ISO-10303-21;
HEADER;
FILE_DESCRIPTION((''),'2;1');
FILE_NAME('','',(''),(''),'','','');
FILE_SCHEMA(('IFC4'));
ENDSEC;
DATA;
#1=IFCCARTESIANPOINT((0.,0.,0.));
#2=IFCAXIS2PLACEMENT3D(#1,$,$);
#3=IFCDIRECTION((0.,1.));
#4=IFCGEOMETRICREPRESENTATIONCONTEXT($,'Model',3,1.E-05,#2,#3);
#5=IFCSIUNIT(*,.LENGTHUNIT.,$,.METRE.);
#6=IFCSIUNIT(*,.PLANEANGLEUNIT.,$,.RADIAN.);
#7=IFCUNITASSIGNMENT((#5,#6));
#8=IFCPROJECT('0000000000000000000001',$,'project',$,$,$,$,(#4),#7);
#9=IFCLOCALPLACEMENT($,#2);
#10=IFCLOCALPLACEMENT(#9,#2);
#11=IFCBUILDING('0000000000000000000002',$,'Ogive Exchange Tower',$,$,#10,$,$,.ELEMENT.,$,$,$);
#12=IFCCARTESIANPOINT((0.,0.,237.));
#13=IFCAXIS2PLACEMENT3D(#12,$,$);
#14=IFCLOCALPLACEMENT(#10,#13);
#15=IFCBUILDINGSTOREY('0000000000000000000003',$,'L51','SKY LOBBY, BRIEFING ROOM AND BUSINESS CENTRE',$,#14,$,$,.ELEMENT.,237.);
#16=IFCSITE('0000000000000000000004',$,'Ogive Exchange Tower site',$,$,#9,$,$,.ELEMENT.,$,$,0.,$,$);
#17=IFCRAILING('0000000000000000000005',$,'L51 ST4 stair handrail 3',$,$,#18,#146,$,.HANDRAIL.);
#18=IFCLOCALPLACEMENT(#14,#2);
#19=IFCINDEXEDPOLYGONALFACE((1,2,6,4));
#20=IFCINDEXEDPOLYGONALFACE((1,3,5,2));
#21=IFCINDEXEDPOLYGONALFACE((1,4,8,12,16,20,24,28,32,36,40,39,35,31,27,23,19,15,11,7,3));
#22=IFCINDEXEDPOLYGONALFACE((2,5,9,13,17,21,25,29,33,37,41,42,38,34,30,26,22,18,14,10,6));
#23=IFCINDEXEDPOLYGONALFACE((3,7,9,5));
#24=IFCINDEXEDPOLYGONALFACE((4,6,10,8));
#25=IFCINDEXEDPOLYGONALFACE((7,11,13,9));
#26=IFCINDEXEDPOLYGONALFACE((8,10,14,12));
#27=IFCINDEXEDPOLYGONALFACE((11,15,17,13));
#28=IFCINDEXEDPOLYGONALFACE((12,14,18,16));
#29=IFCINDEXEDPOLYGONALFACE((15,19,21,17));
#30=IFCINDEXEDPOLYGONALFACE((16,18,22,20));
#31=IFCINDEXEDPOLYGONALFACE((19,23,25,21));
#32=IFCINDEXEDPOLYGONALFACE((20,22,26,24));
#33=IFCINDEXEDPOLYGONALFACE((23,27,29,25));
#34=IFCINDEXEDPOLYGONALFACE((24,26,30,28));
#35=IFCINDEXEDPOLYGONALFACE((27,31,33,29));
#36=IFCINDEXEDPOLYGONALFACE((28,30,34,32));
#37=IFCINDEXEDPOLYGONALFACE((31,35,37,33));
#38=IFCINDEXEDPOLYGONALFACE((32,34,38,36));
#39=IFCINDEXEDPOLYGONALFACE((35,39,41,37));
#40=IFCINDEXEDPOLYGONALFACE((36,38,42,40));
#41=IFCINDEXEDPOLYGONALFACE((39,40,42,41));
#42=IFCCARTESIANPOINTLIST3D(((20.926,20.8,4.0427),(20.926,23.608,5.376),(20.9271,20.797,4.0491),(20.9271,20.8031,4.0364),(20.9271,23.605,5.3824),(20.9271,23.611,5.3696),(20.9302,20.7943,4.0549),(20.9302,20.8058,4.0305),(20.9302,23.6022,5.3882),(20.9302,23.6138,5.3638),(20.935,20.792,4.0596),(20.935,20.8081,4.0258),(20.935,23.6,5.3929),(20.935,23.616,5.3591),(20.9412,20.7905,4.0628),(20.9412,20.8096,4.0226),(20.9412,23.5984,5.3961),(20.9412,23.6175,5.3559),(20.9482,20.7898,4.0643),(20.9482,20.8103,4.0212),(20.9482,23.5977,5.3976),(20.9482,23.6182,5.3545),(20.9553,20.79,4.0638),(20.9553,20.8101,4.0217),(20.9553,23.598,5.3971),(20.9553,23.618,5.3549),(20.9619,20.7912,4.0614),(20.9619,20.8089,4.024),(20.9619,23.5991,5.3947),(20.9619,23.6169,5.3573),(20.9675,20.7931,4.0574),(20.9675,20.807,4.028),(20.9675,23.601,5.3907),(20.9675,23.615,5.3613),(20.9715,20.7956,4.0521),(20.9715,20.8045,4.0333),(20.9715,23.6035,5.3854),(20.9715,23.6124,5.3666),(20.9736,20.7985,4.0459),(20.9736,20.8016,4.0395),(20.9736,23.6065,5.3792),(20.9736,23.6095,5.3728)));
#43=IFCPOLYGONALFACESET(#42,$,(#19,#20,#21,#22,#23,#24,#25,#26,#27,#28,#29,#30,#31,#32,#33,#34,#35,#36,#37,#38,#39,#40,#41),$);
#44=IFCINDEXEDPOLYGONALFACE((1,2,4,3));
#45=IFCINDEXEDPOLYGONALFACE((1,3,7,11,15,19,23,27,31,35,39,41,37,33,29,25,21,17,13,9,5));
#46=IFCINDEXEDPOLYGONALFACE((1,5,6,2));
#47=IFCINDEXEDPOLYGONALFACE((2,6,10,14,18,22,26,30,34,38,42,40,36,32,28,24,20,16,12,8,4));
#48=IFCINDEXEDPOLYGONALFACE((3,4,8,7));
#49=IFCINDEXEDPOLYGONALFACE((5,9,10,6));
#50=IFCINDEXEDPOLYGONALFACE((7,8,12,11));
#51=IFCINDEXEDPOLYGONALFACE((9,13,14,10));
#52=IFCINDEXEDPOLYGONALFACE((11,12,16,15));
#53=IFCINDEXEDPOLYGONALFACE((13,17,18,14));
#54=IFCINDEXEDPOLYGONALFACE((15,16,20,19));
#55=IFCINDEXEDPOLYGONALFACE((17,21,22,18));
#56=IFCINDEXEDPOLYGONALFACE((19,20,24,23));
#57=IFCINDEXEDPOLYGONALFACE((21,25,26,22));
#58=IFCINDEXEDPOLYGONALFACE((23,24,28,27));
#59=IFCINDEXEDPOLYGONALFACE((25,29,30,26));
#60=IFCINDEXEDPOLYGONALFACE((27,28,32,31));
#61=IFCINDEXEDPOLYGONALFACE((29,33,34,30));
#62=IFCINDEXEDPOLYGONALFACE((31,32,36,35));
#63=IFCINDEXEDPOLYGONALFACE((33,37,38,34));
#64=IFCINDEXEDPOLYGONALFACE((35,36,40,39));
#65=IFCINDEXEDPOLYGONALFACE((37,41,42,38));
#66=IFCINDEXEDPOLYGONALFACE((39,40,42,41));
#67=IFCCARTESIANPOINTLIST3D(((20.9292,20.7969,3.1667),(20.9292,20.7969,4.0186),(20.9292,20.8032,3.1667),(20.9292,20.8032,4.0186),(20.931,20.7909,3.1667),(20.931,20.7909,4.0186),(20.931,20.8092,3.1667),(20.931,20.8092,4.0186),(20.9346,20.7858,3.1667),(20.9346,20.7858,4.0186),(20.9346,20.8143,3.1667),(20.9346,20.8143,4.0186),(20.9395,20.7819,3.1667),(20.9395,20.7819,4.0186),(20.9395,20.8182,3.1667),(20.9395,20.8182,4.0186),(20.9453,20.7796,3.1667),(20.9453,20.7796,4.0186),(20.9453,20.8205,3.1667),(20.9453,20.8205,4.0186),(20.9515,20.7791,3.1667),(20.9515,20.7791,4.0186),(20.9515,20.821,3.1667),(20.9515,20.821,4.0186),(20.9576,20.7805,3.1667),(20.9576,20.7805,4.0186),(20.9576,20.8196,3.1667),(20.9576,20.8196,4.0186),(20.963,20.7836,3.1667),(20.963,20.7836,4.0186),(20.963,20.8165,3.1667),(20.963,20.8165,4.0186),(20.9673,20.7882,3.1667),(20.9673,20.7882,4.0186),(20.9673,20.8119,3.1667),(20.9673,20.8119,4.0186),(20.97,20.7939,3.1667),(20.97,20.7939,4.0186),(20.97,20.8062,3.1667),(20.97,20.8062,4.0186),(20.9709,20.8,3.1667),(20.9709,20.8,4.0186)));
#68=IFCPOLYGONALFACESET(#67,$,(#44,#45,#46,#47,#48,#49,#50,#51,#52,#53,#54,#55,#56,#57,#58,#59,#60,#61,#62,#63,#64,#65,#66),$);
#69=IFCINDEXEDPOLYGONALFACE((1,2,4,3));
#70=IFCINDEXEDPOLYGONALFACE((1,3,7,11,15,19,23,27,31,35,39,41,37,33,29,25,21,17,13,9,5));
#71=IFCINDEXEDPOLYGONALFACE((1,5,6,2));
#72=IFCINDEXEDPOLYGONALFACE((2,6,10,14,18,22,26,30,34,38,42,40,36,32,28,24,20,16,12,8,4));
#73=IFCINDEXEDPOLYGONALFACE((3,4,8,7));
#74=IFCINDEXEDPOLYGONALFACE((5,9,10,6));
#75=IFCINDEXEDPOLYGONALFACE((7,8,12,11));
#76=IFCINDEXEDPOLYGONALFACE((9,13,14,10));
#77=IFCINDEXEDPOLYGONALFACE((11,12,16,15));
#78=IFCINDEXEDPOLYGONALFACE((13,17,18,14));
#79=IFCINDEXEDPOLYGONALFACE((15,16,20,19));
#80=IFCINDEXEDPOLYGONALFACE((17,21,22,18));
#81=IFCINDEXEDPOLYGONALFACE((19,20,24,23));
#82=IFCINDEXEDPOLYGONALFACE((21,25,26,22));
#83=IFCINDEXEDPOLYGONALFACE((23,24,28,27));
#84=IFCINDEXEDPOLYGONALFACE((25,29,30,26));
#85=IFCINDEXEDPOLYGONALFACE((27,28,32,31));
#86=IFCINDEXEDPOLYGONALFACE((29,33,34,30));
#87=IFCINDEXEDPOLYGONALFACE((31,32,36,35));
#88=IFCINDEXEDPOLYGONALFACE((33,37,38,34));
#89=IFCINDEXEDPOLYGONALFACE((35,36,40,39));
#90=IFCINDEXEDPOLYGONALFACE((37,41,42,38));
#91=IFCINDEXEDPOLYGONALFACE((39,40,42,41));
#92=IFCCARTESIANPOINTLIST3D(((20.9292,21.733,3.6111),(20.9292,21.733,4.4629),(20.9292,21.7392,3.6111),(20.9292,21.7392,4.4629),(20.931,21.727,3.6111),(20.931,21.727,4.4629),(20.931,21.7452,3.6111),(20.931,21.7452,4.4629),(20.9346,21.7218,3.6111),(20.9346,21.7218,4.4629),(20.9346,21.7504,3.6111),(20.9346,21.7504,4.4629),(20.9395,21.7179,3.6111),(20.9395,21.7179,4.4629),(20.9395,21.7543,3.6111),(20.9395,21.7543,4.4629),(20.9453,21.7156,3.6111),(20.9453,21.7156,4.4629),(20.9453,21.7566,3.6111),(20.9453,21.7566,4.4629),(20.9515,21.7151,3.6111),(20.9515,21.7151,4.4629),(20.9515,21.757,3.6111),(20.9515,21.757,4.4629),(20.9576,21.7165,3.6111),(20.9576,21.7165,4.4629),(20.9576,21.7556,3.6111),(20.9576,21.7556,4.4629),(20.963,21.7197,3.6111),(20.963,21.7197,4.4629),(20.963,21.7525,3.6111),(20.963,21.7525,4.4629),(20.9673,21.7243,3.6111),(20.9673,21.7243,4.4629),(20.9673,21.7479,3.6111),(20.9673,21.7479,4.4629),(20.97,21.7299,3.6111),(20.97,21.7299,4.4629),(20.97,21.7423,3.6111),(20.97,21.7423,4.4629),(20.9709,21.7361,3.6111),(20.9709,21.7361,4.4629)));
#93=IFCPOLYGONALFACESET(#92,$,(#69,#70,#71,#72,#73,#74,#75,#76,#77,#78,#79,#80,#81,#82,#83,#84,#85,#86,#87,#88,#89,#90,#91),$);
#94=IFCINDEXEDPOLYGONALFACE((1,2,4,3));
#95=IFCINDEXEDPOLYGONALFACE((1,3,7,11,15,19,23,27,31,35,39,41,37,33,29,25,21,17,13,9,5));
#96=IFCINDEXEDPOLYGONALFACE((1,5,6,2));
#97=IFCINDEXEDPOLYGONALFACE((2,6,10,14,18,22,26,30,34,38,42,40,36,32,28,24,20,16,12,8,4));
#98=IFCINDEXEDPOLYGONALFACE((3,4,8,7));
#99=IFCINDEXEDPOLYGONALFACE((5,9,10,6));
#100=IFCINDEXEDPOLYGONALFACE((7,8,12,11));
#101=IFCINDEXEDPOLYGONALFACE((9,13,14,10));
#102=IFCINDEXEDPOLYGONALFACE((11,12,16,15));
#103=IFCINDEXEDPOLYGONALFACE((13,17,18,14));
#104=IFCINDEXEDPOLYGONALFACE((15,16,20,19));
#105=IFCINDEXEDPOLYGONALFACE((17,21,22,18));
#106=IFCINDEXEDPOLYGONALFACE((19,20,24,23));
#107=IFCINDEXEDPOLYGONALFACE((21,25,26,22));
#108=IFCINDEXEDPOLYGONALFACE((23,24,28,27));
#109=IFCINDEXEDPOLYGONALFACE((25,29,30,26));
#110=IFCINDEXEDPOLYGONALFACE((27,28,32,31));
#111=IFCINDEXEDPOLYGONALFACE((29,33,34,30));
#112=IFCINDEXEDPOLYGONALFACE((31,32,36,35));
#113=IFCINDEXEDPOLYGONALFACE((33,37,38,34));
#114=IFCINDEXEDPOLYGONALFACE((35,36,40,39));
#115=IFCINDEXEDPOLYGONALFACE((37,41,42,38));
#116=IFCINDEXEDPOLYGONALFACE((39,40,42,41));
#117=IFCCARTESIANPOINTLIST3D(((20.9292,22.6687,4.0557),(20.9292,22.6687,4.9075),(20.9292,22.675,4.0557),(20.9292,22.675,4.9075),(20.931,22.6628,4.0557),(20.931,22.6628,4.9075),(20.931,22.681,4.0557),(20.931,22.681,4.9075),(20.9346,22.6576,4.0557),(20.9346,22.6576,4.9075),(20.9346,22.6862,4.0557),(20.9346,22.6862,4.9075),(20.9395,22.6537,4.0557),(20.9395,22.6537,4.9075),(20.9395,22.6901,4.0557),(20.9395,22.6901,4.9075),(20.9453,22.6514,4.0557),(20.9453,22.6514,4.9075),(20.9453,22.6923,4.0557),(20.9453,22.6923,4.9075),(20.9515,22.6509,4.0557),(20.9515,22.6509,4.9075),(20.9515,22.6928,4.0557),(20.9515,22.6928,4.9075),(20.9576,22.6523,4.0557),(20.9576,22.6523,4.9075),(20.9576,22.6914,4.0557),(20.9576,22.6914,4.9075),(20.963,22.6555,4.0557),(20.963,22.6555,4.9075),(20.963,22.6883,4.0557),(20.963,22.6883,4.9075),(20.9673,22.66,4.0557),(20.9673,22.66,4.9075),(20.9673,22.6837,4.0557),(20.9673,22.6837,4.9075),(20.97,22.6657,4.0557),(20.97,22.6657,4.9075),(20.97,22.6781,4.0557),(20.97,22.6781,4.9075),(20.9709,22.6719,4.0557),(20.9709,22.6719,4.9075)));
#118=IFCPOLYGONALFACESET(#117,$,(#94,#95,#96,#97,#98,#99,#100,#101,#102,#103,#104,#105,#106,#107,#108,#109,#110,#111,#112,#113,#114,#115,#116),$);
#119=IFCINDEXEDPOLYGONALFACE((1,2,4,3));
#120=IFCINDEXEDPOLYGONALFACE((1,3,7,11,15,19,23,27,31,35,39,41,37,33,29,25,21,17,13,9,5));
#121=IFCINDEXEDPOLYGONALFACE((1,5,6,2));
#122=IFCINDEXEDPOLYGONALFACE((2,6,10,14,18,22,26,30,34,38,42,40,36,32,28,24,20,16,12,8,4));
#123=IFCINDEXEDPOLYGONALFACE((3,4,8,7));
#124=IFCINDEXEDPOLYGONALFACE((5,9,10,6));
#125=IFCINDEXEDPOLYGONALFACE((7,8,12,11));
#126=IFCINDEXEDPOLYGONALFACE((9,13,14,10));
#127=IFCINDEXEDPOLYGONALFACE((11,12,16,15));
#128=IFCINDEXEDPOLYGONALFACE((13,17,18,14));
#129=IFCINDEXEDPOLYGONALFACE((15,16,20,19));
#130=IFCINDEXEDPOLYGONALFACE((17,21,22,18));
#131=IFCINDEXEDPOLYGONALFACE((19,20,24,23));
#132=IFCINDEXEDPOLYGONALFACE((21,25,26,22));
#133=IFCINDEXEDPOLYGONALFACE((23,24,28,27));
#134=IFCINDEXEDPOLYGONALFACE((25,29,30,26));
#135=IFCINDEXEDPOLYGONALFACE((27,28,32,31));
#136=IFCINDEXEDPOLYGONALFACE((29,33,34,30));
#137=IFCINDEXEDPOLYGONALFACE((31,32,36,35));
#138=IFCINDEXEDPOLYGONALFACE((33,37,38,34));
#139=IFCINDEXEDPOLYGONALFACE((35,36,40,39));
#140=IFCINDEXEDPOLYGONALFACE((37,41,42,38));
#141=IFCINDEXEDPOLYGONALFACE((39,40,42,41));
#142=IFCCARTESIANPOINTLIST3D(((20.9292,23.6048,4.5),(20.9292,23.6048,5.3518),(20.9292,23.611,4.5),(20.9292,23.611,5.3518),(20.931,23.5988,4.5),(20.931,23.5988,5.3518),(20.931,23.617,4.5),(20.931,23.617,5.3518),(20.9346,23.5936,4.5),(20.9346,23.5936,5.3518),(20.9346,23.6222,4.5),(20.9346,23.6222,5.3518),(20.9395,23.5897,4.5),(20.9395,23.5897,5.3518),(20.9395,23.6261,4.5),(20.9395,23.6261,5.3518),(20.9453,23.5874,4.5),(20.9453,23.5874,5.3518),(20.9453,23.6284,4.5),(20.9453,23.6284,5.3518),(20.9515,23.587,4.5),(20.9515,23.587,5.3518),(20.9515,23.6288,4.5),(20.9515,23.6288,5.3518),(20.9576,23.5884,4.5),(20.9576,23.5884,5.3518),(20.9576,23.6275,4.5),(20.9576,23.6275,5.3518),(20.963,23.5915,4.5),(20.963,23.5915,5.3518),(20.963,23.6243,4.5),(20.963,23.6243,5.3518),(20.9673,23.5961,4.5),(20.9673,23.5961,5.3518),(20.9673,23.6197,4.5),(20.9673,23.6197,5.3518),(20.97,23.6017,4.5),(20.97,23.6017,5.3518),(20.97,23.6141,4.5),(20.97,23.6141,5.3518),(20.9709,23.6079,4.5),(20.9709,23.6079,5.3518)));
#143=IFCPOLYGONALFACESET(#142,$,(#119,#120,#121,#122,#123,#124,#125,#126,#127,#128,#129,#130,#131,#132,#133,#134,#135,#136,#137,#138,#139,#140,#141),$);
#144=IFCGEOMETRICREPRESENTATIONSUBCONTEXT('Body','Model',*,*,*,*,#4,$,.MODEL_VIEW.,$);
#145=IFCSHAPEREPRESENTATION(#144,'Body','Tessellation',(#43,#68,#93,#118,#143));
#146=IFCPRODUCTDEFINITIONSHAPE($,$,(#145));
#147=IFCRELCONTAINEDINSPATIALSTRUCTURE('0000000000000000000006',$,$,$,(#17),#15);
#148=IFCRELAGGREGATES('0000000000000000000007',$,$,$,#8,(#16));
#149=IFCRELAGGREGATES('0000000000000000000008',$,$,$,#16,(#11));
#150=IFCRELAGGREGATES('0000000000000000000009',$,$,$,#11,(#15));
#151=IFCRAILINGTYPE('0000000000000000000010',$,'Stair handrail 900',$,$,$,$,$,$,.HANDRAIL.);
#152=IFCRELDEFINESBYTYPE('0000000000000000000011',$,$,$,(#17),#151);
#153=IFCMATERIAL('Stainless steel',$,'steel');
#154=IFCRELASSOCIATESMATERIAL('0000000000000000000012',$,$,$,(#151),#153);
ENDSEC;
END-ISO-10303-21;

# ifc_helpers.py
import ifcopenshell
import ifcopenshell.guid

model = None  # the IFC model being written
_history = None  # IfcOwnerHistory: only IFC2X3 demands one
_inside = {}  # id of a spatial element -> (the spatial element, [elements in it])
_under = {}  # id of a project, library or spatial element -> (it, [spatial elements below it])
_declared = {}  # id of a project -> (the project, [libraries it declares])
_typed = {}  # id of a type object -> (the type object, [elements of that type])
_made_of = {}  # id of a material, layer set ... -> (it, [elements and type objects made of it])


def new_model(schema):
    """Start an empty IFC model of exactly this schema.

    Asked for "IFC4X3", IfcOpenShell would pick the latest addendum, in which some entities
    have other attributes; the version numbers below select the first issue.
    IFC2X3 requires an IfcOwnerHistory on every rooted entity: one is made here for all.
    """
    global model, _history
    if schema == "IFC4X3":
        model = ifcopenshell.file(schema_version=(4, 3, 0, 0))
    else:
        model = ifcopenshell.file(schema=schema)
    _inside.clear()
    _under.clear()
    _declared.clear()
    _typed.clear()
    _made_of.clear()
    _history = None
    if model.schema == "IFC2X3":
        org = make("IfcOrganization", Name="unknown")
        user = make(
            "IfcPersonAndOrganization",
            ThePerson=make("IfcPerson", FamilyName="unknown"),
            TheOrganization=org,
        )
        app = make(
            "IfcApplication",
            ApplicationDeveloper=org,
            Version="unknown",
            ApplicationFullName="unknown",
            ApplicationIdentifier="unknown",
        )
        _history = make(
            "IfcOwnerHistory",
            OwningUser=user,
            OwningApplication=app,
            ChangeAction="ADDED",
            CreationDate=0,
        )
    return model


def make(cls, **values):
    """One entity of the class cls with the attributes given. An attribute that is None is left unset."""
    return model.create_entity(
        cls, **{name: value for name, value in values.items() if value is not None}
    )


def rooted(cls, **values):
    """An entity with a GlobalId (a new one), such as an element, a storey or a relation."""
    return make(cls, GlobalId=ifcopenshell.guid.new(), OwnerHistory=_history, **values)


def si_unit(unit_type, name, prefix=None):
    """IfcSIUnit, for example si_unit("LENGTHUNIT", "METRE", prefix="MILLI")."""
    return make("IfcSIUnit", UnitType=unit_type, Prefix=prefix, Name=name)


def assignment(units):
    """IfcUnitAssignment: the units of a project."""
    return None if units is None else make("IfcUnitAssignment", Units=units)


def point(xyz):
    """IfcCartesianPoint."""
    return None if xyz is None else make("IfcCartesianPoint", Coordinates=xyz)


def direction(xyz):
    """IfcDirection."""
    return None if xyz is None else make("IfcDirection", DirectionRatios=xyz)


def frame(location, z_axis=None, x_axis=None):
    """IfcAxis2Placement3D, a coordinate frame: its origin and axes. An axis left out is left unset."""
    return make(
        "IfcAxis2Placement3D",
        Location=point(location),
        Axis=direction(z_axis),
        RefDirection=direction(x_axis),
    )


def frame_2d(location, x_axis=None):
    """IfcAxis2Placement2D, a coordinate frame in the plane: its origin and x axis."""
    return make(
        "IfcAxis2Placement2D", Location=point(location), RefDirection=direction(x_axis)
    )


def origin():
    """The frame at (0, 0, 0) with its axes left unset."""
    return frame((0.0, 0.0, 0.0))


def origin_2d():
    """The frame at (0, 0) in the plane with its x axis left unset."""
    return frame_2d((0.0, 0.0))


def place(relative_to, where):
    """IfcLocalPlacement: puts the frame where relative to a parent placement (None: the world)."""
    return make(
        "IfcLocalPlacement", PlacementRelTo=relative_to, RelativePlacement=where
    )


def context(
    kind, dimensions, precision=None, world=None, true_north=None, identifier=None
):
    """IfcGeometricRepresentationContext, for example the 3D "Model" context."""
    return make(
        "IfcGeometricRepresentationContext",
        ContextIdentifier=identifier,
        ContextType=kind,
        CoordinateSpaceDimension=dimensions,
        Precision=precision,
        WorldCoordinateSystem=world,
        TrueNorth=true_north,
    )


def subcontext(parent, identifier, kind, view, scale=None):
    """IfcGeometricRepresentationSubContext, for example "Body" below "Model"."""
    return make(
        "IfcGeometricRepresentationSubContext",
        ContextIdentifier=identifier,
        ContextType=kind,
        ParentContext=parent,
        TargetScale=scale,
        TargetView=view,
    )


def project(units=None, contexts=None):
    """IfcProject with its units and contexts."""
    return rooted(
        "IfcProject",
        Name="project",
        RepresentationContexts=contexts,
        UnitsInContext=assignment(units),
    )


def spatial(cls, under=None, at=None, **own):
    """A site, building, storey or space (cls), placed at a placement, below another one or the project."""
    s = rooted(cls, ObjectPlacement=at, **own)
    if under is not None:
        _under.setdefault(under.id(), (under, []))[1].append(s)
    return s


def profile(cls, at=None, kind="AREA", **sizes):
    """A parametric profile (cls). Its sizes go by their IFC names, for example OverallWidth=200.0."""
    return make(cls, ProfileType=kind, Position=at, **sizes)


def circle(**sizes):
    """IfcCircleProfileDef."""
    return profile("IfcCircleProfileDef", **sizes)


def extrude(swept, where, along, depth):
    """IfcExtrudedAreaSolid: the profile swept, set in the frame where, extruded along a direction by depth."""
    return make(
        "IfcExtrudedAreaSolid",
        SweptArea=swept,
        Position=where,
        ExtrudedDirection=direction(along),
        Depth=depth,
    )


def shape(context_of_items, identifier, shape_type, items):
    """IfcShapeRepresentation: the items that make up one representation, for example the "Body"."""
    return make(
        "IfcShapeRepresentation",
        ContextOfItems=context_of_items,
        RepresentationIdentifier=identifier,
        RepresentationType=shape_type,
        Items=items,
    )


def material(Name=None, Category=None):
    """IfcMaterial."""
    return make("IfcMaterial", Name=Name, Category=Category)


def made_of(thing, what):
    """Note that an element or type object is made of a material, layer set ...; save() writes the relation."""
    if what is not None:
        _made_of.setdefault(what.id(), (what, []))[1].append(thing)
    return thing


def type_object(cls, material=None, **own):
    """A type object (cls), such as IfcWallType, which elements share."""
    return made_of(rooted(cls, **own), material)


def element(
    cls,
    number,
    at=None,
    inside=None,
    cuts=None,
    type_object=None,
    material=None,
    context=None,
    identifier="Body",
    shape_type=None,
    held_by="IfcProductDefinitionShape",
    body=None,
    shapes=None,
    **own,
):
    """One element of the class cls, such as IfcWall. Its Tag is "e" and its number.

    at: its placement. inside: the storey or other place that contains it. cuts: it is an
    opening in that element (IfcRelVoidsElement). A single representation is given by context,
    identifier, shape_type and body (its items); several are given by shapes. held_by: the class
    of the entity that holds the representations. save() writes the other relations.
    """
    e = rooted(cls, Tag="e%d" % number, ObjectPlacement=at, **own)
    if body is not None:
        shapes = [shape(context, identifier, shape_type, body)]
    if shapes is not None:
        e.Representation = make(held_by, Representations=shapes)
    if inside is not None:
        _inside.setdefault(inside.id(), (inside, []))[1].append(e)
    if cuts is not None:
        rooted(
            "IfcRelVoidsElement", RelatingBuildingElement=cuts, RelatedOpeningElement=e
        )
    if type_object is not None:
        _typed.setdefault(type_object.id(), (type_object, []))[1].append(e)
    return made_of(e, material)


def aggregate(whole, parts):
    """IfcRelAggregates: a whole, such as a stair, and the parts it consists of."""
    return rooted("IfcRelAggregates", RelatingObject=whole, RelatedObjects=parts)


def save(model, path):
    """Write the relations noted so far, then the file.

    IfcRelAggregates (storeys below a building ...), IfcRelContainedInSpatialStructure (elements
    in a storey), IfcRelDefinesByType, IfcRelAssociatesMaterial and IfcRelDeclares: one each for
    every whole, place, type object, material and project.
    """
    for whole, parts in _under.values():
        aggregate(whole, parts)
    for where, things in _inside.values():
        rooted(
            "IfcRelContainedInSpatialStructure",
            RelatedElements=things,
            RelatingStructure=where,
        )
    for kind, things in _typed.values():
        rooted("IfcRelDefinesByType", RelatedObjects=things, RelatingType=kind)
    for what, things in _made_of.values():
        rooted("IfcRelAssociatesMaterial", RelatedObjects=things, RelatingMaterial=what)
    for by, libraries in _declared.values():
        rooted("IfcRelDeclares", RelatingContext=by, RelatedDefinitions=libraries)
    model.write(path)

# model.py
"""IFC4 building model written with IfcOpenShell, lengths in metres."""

from ifc_helpers import new_model, si_unit, direction, frame, origin, origin_2d, place, context, subcontext, project, spatial, circle, extrude, material, type_object, element, save


model = new_model("IFC4")

# Units and contexts
model_context = context("Model", 3, precision=1e-05, world=origin(), true_north=direction((0.0, 1.0)))
body_context = subcontext(model_context, "Body", "Model", "MODEL_VIEW")
ifc_project = project(units=[si_unit("LENGTHUNIT", "METRE"), si_unit("PLANEANGLEUNIT", "RADIAN")], contexts=[model_context])

# Site, building, storey
site_placement = place(None, origin())
site = spatial("IfcSite", under=ifc_project, at=site_placement, Name="Ogive Exchange Tower site", CompositionType="ELEMENT", RefElevation=0.0)
building_placement = place(site_placement, origin())
building = spatial("IfcBuilding", under=site, at=building_placement, Name="Ogive Exchange Tower", CompositionType="ELEMENT")
storey_placement = place(building_placement, frame((0.0, 0.0, 237.0)))
storey = spatial("IfcBuildingStorey", under=building, at=storey_placement, Name="L51", Description="SKY LOBBY, BRIEFING ROOM AND BUSINESS CENTRE", CompositionType="ELEMENT", Elevation=237.0)

# Railing
ifc_material_1 = material(Name="Stainless steel", Category="steel")
railing_type = type_object("IfcRailingType", Name="Stair handrail 900", PredefinedType="HANDRAIL", material=ifc_material_1)
railing_1_placement = place(storey_placement, frame((20.95, 20.8, 3.1667)))
element("IfcRailing", 1, at=railing_1_placement, inside=storey, type_object=railing_type, Name="L51 ST4 stair handrail 3", PredefinedType="HANDRAIL", context=body_context, shape_type="SweptSolid", body=[
    extrude(circle(Radius=0.0239, at=origin_2d()), frame((0.0, 0.0, 0.876), z_axis=(0.0, 0.903338, 0.42893), x_axis=(-1.0, 0.0, 0.0)), (0.0, 0.0, 1.0), 3.1084),
    extrude(circle(Radius=0.021, at=origin_2d()), origin(), (0.0, 0.0, 1.0), 0.8518),
    extrude(circle(Radius=0.021, at=origin_2d()), frame((0.0, 0.936, 0.4443)), (0.0, 0.0, 1.0), 0.8518),
    extrude(circle(Radius=0.021, at=origin_2d()), frame((0.0, 1.8718, 0.8889)), (0.0, 0.0, 1.0), 0.8518),
    extrude(circle(Radius=0.021, at=origin_2d()), frame((0.0, 2.8079, 1.3333)), (0.0, 0.0, 1.0), 0.8518),
])

save(model, "model.ifc")
